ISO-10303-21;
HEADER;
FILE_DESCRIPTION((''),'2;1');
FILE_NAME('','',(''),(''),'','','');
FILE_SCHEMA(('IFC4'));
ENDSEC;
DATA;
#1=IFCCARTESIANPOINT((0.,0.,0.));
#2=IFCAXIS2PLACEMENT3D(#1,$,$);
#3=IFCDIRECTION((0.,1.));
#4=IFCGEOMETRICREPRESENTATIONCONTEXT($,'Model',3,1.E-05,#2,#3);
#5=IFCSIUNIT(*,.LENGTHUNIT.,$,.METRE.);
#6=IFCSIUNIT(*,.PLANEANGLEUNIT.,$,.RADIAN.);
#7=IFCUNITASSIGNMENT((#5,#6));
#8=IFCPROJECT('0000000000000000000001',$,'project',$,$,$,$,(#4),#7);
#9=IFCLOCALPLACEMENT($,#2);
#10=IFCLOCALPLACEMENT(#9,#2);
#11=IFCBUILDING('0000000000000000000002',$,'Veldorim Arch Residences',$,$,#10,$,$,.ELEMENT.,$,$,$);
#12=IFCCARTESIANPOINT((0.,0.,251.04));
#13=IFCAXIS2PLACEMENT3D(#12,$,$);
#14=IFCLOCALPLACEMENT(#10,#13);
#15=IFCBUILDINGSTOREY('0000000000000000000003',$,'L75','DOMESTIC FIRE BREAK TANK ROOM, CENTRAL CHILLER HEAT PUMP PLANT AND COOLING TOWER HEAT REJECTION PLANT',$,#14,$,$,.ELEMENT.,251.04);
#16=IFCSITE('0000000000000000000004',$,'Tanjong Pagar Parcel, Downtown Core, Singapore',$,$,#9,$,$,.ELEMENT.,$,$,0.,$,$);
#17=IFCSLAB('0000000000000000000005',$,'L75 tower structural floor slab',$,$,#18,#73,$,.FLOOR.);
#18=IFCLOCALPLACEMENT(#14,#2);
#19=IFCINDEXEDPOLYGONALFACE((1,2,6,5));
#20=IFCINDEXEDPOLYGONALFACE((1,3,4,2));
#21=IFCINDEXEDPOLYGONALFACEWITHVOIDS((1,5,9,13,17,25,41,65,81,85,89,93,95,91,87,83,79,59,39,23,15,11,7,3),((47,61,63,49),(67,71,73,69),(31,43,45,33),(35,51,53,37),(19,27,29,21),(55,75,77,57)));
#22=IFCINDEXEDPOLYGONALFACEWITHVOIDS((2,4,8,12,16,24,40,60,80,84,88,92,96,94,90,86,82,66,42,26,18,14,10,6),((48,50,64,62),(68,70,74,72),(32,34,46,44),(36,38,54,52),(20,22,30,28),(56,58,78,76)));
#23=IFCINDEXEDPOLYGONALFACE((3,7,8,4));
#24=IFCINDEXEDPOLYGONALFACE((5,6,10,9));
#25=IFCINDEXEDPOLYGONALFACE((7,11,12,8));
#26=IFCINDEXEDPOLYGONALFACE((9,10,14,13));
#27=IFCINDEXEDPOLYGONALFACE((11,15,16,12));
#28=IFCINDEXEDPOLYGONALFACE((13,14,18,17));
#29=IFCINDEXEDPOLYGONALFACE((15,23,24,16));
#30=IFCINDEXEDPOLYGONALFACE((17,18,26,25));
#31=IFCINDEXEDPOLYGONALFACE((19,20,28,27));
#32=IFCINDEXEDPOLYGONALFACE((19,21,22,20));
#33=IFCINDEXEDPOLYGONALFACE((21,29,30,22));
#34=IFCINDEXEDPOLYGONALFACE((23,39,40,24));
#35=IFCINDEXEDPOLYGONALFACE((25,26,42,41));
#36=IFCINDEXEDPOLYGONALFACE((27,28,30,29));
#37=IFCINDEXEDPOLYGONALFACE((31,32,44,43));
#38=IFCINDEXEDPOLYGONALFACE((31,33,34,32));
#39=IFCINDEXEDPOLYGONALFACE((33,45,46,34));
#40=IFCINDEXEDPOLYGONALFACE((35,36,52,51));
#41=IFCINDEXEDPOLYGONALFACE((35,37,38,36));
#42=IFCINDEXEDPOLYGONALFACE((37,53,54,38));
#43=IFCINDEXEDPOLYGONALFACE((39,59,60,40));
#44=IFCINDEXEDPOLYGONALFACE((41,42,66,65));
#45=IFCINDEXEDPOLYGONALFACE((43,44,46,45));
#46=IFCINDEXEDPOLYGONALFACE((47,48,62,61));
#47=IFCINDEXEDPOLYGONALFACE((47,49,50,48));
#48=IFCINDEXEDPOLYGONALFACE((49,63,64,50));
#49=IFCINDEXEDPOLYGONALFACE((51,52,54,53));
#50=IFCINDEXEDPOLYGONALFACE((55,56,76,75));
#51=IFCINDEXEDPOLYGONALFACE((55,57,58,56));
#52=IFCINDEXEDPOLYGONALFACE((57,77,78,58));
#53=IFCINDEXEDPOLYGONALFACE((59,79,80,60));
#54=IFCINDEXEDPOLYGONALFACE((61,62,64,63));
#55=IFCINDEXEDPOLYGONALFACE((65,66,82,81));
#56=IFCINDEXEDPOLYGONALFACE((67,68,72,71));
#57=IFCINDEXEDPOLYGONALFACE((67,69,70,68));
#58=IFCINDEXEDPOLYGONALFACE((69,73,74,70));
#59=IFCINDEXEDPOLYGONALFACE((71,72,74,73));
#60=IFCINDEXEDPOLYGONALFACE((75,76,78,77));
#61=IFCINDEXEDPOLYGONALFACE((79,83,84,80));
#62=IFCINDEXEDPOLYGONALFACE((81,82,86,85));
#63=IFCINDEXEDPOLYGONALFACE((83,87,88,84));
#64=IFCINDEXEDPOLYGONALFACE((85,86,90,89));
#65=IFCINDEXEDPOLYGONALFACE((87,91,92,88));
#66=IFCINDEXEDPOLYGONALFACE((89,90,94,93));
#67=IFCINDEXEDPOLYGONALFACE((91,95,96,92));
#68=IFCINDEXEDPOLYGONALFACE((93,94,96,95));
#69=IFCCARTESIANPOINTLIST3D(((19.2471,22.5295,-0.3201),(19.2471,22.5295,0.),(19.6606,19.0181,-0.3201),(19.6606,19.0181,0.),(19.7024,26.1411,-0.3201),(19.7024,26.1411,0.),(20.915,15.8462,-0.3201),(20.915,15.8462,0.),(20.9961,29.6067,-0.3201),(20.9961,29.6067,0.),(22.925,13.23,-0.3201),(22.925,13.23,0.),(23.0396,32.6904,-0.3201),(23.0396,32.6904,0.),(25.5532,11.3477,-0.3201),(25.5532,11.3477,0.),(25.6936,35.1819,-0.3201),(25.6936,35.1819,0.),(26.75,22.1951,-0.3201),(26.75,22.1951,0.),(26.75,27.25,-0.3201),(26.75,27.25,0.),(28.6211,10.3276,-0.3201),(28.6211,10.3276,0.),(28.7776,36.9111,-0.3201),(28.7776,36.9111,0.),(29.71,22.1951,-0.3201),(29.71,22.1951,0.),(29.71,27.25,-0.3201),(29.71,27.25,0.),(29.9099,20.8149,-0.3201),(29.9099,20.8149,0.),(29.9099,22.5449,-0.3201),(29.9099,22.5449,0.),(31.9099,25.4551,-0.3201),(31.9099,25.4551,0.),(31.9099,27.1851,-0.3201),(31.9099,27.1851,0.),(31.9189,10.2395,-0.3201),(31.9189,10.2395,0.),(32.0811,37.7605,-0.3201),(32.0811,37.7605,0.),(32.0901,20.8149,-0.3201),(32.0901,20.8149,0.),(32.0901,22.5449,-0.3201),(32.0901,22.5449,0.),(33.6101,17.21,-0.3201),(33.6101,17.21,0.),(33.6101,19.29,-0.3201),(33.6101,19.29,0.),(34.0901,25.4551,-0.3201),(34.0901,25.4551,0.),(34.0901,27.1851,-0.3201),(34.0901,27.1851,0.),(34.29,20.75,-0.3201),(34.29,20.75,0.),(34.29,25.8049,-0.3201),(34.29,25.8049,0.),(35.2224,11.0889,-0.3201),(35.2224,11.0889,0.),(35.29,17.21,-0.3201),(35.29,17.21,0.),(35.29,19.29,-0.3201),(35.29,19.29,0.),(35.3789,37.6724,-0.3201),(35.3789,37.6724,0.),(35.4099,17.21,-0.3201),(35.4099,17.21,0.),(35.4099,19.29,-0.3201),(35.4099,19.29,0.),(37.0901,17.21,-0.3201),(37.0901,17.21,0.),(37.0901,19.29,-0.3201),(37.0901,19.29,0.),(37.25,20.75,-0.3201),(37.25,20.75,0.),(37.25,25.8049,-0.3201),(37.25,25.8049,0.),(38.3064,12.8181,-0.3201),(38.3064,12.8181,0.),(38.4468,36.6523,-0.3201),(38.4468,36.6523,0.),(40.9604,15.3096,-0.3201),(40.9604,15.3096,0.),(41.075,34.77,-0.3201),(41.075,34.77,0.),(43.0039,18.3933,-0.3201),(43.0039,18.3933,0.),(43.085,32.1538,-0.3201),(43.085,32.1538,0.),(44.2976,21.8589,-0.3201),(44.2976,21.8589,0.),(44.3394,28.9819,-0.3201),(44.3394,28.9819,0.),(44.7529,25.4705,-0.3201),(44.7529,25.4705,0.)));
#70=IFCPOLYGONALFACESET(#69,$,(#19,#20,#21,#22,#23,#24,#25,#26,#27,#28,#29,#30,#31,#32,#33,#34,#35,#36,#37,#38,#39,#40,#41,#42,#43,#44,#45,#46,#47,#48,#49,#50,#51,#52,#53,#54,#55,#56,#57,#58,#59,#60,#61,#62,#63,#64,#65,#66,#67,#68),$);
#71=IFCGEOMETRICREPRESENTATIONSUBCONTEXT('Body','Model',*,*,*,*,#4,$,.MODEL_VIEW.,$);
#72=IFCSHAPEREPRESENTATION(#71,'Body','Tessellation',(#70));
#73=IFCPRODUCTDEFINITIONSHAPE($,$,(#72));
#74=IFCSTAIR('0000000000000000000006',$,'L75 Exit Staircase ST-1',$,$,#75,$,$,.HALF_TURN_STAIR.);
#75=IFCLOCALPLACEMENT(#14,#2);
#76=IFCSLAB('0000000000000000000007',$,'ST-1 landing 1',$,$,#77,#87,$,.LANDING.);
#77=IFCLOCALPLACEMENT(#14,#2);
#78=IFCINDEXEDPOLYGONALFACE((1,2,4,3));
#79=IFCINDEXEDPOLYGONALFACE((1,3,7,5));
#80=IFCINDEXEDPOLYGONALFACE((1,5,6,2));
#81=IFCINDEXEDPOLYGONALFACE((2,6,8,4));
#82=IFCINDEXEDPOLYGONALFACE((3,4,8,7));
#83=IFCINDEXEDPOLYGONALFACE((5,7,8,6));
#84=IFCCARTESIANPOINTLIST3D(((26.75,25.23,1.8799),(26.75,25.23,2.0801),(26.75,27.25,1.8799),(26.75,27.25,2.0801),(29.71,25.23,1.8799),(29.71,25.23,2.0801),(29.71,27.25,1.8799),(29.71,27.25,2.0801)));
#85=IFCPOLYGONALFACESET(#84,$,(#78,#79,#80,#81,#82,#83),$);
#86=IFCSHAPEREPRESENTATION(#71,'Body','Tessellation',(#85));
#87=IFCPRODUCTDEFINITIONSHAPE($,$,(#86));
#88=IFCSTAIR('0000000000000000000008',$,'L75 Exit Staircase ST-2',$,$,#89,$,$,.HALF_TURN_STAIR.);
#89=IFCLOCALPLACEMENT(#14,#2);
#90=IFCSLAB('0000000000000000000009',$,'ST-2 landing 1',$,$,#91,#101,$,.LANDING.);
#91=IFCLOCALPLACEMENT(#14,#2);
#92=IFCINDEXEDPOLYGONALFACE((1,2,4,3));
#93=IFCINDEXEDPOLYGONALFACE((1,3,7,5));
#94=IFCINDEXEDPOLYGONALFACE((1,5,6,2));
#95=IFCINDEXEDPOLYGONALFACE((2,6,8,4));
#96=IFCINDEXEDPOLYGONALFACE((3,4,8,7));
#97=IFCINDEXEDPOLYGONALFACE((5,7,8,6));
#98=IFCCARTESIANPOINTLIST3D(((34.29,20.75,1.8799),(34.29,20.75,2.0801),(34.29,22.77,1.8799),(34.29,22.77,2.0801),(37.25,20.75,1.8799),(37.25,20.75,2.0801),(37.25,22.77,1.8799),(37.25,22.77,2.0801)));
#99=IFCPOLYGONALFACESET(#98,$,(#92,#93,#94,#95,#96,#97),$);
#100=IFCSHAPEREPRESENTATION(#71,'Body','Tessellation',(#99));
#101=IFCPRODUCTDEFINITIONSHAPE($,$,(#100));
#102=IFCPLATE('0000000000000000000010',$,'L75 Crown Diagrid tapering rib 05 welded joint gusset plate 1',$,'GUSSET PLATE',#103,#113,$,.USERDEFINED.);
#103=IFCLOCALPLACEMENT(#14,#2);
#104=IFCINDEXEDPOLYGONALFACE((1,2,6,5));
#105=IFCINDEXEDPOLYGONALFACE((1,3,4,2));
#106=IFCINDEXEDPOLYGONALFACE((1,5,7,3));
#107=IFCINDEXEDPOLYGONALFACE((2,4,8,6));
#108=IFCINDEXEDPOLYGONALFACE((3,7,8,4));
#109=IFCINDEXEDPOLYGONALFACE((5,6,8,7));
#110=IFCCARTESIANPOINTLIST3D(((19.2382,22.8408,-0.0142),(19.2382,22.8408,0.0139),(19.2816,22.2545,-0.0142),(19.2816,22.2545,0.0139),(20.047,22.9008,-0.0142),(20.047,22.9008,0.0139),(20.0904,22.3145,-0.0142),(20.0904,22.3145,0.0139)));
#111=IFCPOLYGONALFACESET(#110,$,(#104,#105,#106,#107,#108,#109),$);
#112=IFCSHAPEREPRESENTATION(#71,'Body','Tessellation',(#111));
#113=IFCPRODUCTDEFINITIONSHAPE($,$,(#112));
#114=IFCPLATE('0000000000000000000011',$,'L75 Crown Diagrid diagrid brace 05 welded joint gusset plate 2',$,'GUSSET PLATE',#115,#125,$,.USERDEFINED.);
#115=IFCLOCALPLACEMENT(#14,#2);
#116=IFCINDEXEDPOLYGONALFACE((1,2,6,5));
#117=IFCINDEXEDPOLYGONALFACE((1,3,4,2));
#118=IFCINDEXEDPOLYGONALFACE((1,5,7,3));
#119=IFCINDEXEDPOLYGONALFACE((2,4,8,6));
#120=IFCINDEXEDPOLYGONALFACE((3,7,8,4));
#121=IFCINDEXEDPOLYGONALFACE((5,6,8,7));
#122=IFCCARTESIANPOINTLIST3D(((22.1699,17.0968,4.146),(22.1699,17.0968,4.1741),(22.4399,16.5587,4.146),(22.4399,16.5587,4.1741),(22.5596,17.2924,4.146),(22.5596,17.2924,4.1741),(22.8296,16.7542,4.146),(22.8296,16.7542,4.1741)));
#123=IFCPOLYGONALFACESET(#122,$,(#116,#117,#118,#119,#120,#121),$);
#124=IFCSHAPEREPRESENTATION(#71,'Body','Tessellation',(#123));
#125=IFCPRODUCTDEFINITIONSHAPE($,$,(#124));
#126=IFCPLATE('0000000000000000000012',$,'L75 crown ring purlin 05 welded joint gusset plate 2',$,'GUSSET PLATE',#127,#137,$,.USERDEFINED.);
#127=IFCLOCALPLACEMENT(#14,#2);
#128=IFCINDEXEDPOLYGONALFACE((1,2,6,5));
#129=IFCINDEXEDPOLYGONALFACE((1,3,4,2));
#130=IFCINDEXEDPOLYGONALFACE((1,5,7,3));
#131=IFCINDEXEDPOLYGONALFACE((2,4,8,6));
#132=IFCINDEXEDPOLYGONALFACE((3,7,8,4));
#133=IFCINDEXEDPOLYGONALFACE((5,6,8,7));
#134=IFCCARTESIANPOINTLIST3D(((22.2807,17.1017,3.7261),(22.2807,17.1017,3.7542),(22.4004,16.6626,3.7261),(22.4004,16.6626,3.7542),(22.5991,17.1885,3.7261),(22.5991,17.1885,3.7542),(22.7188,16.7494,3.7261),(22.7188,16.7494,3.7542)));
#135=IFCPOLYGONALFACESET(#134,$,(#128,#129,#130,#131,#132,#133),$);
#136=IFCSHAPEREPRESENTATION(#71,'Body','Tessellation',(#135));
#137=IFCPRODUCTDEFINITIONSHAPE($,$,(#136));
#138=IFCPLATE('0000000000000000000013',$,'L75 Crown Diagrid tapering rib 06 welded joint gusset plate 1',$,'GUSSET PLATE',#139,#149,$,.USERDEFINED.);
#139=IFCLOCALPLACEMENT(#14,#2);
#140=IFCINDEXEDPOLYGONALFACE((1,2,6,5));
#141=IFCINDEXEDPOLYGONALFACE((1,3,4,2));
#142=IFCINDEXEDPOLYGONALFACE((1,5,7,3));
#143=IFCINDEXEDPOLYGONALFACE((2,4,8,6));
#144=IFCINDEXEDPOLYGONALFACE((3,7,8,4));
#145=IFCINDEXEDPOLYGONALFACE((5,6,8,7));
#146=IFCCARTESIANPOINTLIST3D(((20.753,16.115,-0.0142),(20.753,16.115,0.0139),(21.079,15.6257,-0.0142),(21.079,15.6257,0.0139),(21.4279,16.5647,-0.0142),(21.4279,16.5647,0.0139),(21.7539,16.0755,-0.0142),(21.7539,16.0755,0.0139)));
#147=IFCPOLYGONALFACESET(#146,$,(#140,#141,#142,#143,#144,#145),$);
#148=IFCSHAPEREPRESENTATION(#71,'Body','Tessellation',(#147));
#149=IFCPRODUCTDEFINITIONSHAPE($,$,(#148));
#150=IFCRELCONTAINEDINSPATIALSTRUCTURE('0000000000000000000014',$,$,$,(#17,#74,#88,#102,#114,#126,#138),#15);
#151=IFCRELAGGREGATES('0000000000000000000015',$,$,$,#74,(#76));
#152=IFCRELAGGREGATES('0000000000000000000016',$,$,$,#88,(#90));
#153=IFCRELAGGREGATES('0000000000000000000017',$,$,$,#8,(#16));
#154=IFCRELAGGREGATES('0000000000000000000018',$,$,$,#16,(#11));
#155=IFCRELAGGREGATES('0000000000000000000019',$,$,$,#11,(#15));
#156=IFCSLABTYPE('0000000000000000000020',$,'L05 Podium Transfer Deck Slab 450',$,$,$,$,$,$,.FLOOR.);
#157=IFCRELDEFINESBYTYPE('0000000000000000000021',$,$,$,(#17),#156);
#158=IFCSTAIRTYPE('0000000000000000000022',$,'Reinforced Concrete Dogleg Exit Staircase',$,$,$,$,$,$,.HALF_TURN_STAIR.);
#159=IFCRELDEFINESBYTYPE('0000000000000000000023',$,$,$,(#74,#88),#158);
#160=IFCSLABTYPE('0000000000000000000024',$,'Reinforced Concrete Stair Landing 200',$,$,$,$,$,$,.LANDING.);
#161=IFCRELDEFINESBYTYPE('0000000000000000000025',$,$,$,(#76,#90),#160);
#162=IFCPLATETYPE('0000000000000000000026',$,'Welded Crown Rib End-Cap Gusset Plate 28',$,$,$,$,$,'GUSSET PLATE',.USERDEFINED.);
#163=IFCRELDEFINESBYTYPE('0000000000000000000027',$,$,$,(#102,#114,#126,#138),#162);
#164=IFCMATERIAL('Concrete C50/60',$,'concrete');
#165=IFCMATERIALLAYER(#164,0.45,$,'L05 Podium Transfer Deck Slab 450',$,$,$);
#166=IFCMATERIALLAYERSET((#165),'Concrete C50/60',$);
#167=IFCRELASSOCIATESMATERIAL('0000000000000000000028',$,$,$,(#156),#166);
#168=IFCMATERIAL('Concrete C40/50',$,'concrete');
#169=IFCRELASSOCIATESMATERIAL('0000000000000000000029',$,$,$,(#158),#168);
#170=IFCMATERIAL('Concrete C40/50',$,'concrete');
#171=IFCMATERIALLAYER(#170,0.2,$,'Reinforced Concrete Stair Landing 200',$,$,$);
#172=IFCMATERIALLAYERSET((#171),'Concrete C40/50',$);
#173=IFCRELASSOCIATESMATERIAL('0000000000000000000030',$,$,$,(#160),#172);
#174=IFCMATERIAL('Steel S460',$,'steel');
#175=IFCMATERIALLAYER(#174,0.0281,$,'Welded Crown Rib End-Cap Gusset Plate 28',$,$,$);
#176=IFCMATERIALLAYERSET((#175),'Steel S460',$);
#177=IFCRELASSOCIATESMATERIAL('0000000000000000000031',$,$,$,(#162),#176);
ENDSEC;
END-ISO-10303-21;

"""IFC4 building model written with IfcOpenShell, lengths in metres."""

from ifc_helpers import new_model, si_unit, direction, frame, origin, origin_2d, place, context, subcontext, project, spatial, polyline, rectangle, outline, extrude, material, layer, layer_set, type_object, element, aggregate, save


model = new_model("IFC4")

# Units and contexts
model_context = context("Model", 3, precision=1e-05, world=origin(), true_north=direction((0.0, 1.0)))
body_context = subcontext(model_context, "Body", "Model", "MODEL_VIEW")
ifc_project = project(units=[si_unit("LENGTHUNIT", "METRE"), si_unit("PLANEANGLEUNIT", "RADIAN")], contexts=[model_context])

# Site, building, storey
site_placement = place(None, origin())
site = spatial("IfcSite", under=ifc_project, at=site_placement, Name="Tanjong Pagar Parcel, Downtown Core, Singapore", CompositionType="ELEMENT", RefElevation=0.0)
building_placement = place(site_placement, origin())
building = spatial("IfcBuilding", under=site, at=building_placement, Name="Veldorim Arch Residences", CompositionType="ELEMENT")
storey_placement = place(building_placement, frame((0.0, 0.0, 251.04)))
storey = spatial("IfcBuildingStorey", under=building, at=storey_placement, Name="L75", Description="DOMESTIC FIRE BREAK TANK ROOM, CENTRAL CHILLER HEAT PUMP PLANT AND COOLING TOWER HEAT REJECTION PLANT", CompositionType="ELEMENT", Elevation=251.04)

# Slab
ifc_material_1 = material(Name="Concrete C50/60", Category="concrete")
ifc_layer_1 = layer(ifc_material_1, 0.45, Name="L05 Podium Transfer Deck Slab 450")
ifc_layer_set_1 = layer_set([ifc_layer_1], Name="Concrete C50/60")
slab_type_1 = type_object("IfcSlabType", Name="L05 Podium Transfer Deck Slab 450", PredefinedType="FLOOR", material=ifc_layer_set_1)
slab_1_placement = place(storey_placement, frame((0.0, 0.0, -0.3201)))
element("IfcSlab", 1, at=slab_1_placement, inside=storey, type_object=slab_type_1, Name="L75 tower structural floor slab", PredefinedType="FLOOR", context=body_context, shape_type="SweptSolid", body=[
    extrude(outline(polyline([(38.4468, 36.6523), (35.3789, 37.6724), (32.0811, 37.7605), (28.7776, 36.9111), (25.6936, 35.1819), (23.0396, 32.6904), (20.9961, 29.6067), (19.7024, 26.1411), (19.2471, 22.5295), (19.6606, 19.0181), (20.915, 15.8462), (22.925, 13.23), (25.5532, 11.3477), (28.6211, 10.3276), (31.9189, 10.2395), (35.2224, 11.0889), (38.3064, 12.8181), (40.9604, 15.3096), (43.0039, 18.3933), (44.2976, 21.8589), (44.7529, 25.4705), (44.3394, 28.9819), (43.085, 32.1538), (41.075, 34.77), (38.4468, 36.6523)]), holes=[polyline([(35.29, 17.21), (33.6101, 17.21), (33.6101, 19.29), (35.29, 19.29), (35.29, 17.21)]), polyline([(35.4099, 17.21), (35.4099, 19.29), (37.0901, 19.29), (37.0901, 17.21), (35.4099, 17.21)]), polyline([(29.9099, 20.8149), (29.9099, 22.5449), (32.0901, 22.5449), (32.0901, 20.8149), (29.9099, 20.8149)]), polyline([(37.25, 20.75), (34.29, 20.75), (34.29, 25.8049), (37.25, 25.8049), (37.25, 20.75)]), polyline([(26.75, 22.1951), (26.75, 27.25), (29.71, 27.25), (29.71, 22.1951), (26.75, 22.1951)]), polyline([(31.9099, 25.4551), (31.9099, 27.1851), (34.0901, 27.1851), (34.0901, 25.4551), (31.9099, 25.4551)])]), origin(), (0.0, 0.0, 1.0), 0.3201),
])

# Stairs, slabs
ifc_material_2 = material(Name="Concrete C40/50", Category="concrete")
stair_type = type_object("IfcStairType", Name="Reinforced Concrete Dogleg Exit Staircase", PredefinedType="HALF_TURN_STAIR", material=ifc_material_2)
stair_1_placement = place(storey_placement, origin())
stair_1 = element("IfcStair", 2, at=stair_1_placement, inside=storey, type_object=stair_type, Name="L75 Exit Staircase ST-1", PredefinedType="HALF_TURN_STAIR")
ifc_material_3 = material(Name="Concrete C40/50", Category="concrete")
ifc_layer_2 = layer(ifc_material_3, 0.2, Name="Reinforced Concrete Stair Landing 200")
ifc_layer_set_2 = layer_set([ifc_layer_2], Name="Concrete C40/50")
slab_type_2 = type_object("IfcSlabType", Name="Reinforced Concrete Stair Landing 200", PredefinedType="LANDING", material=ifc_layer_set_2)
slab_2_placement = place(storey_placement, frame((0.0, 0.0, 1.8799)))
slab_2 = element("IfcSlab", 3, at=slab_2_placement, type_object=slab_type_2, Name="ST-1 landing 1", PredefinedType="LANDING", context=body_context, shape_type="SweptSolid", body=[
    extrude(outline(polyline([(29.71, 25.23), (29.71, 27.25), (26.75, 27.25), (26.75, 25.23), (29.71, 25.23)])), origin(), (0.0, 0.0, 1.0), 0.2002),
])
aggregate(stair_1, [slab_2])
stair_2_placement = place(storey_placement, origin())
stair_2 = element("IfcStair", 4, at=stair_2_placement, inside=storey, type_object=stair_type, Name="L75 Exit Staircase ST-2", PredefinedType="HALF_TURN_STAIR")
slab_3_placement = place(storey_placement, frame((0.0, 0.0, 1.8799)))
slab_3 = element("IfcSlab", 5, at=slab_3_placement, type_object=slab_type_2, Name="ST-2 landing 1", PredefinedType="LANDING", context=body_context, shape_type="SweptSolid", body=[
    extrude(outline(polyline([(34.29, 22.77), (34.29, 20.75), (37.25, 20.75), (37.25, 22.77), (34.29, 22.77)])), origin(), (0.0, 0.0, 1.0), 0.2002),
])
aggregate(stair_2, [slab_3])

# Plates
ifc_material_4 = material(Name="Steel S460", Category="steel")
ifc_layer_3 = layer(ifc_material_4, 0.0281, Name="Welded Crown Rib End-Cap Gusset Plate 28")
ifc_layer_set_3 = layer_set([ifc_layer_3], Name="Steel S460")
plate_type_1 = type_object("IfcPlateType", Name="Welded Crown Rib End-Cap Gusset Plate 28", ElementType="GUSSET PLATE", PredefinedType="USERDEFINED", material=ifc_layer_set_3)
plate_1_placement = place(storey_placement, frame((19.6643, 22.5776, -0.0142), z_axis=(0.0, 0.0, 1.0), x_axis=(0.997263, 0.073934, 0.0)))
element("IfcPlate", 6, at=plate_1_placement, inside=storey, type_object=plate_type_1, Name="L75 Crown Diagrid tapering rib 05 welded joint gusset plate 1", ObjectType="GUSSET PLATE", PredefinedType="USERDEFINED", context=body_context, shape_type="SweptSolid", body=[
    extrude(rectangle(XDim=0.811, YDim=0.5879, at=origin_2d()), origin(), (0.0, 0.0, 1.0), 0.0281),
])
plate_2_placement = place(storey_placement, frame((22.4998, 16.9255, 4.146), z_axis=(0.0, 0.0, 1.0), x_axis=(0.448414, -0.893826, 0.0)))
element("IfcPlate", 7, at=plate_2_placement, inside=storey, type_object=plate_type_1, Name="L75 Crown Diagrid diagrid brace 05 welded joint gusset plate 2", ObjectType="GUSSET PLATE", PredefinedType="USERDEFINED", context=body_context, shape_type="SweptSolid", body=[
    extrude(rectangle(XDim=0.6021, YDim=0.436, at=origin_2d()), origin(), (0.0, 0.0, 1.0), 0.0281),
])
plate_3_placement = place(storey_placement, frame((22.4998, 16.9255, 3.7261), z_axis=(0.0, 0.0, 1.0), x_axis=(0.262981, -0.964801, 0.0)))
element("IfcPlate", 8, at=plate_3_placement, inside=storey, type_object=plate_type_1, Name="L75 crown ring purlin 05 welded joint gusset plate 2", ObjectType="GUSSET PLATE", PredefinedType="USERDEFINED", context=body_context, shape_type="SweptSolid", body=[
    extrude(rectangle(XDim=0.4551, YDim=0.3301, at=origin_2d()), origin(), (0.0, 0.0, 1.0), 0.0281),
])
plate_4_placement = place(storey_placement, frame((21.2534, 16.0952, -0.0142), z_axis=(0.0, 0.0, 1.0), x_axis=(0.832167, 0.554525, 0.0)))
element("IfcPlate", 9, at=plate_4_placement, inside=storey, type_object=plate_type_1, Name="L75 Crown Diagrid tapering rib 06 welded joint gusset plate 1", ObjectType="GUSSET PLATE", PredefinedType="USERDEFINED", context=body_context, shape_type="SweptSolid", body=[
    extrude(rectangle(XDim=0.811, YDim=0.5879, at=origin_2d()), origin(), (0.0, 0.0, 1.0), 0.0281),
])

save(model, "model.ifc")
